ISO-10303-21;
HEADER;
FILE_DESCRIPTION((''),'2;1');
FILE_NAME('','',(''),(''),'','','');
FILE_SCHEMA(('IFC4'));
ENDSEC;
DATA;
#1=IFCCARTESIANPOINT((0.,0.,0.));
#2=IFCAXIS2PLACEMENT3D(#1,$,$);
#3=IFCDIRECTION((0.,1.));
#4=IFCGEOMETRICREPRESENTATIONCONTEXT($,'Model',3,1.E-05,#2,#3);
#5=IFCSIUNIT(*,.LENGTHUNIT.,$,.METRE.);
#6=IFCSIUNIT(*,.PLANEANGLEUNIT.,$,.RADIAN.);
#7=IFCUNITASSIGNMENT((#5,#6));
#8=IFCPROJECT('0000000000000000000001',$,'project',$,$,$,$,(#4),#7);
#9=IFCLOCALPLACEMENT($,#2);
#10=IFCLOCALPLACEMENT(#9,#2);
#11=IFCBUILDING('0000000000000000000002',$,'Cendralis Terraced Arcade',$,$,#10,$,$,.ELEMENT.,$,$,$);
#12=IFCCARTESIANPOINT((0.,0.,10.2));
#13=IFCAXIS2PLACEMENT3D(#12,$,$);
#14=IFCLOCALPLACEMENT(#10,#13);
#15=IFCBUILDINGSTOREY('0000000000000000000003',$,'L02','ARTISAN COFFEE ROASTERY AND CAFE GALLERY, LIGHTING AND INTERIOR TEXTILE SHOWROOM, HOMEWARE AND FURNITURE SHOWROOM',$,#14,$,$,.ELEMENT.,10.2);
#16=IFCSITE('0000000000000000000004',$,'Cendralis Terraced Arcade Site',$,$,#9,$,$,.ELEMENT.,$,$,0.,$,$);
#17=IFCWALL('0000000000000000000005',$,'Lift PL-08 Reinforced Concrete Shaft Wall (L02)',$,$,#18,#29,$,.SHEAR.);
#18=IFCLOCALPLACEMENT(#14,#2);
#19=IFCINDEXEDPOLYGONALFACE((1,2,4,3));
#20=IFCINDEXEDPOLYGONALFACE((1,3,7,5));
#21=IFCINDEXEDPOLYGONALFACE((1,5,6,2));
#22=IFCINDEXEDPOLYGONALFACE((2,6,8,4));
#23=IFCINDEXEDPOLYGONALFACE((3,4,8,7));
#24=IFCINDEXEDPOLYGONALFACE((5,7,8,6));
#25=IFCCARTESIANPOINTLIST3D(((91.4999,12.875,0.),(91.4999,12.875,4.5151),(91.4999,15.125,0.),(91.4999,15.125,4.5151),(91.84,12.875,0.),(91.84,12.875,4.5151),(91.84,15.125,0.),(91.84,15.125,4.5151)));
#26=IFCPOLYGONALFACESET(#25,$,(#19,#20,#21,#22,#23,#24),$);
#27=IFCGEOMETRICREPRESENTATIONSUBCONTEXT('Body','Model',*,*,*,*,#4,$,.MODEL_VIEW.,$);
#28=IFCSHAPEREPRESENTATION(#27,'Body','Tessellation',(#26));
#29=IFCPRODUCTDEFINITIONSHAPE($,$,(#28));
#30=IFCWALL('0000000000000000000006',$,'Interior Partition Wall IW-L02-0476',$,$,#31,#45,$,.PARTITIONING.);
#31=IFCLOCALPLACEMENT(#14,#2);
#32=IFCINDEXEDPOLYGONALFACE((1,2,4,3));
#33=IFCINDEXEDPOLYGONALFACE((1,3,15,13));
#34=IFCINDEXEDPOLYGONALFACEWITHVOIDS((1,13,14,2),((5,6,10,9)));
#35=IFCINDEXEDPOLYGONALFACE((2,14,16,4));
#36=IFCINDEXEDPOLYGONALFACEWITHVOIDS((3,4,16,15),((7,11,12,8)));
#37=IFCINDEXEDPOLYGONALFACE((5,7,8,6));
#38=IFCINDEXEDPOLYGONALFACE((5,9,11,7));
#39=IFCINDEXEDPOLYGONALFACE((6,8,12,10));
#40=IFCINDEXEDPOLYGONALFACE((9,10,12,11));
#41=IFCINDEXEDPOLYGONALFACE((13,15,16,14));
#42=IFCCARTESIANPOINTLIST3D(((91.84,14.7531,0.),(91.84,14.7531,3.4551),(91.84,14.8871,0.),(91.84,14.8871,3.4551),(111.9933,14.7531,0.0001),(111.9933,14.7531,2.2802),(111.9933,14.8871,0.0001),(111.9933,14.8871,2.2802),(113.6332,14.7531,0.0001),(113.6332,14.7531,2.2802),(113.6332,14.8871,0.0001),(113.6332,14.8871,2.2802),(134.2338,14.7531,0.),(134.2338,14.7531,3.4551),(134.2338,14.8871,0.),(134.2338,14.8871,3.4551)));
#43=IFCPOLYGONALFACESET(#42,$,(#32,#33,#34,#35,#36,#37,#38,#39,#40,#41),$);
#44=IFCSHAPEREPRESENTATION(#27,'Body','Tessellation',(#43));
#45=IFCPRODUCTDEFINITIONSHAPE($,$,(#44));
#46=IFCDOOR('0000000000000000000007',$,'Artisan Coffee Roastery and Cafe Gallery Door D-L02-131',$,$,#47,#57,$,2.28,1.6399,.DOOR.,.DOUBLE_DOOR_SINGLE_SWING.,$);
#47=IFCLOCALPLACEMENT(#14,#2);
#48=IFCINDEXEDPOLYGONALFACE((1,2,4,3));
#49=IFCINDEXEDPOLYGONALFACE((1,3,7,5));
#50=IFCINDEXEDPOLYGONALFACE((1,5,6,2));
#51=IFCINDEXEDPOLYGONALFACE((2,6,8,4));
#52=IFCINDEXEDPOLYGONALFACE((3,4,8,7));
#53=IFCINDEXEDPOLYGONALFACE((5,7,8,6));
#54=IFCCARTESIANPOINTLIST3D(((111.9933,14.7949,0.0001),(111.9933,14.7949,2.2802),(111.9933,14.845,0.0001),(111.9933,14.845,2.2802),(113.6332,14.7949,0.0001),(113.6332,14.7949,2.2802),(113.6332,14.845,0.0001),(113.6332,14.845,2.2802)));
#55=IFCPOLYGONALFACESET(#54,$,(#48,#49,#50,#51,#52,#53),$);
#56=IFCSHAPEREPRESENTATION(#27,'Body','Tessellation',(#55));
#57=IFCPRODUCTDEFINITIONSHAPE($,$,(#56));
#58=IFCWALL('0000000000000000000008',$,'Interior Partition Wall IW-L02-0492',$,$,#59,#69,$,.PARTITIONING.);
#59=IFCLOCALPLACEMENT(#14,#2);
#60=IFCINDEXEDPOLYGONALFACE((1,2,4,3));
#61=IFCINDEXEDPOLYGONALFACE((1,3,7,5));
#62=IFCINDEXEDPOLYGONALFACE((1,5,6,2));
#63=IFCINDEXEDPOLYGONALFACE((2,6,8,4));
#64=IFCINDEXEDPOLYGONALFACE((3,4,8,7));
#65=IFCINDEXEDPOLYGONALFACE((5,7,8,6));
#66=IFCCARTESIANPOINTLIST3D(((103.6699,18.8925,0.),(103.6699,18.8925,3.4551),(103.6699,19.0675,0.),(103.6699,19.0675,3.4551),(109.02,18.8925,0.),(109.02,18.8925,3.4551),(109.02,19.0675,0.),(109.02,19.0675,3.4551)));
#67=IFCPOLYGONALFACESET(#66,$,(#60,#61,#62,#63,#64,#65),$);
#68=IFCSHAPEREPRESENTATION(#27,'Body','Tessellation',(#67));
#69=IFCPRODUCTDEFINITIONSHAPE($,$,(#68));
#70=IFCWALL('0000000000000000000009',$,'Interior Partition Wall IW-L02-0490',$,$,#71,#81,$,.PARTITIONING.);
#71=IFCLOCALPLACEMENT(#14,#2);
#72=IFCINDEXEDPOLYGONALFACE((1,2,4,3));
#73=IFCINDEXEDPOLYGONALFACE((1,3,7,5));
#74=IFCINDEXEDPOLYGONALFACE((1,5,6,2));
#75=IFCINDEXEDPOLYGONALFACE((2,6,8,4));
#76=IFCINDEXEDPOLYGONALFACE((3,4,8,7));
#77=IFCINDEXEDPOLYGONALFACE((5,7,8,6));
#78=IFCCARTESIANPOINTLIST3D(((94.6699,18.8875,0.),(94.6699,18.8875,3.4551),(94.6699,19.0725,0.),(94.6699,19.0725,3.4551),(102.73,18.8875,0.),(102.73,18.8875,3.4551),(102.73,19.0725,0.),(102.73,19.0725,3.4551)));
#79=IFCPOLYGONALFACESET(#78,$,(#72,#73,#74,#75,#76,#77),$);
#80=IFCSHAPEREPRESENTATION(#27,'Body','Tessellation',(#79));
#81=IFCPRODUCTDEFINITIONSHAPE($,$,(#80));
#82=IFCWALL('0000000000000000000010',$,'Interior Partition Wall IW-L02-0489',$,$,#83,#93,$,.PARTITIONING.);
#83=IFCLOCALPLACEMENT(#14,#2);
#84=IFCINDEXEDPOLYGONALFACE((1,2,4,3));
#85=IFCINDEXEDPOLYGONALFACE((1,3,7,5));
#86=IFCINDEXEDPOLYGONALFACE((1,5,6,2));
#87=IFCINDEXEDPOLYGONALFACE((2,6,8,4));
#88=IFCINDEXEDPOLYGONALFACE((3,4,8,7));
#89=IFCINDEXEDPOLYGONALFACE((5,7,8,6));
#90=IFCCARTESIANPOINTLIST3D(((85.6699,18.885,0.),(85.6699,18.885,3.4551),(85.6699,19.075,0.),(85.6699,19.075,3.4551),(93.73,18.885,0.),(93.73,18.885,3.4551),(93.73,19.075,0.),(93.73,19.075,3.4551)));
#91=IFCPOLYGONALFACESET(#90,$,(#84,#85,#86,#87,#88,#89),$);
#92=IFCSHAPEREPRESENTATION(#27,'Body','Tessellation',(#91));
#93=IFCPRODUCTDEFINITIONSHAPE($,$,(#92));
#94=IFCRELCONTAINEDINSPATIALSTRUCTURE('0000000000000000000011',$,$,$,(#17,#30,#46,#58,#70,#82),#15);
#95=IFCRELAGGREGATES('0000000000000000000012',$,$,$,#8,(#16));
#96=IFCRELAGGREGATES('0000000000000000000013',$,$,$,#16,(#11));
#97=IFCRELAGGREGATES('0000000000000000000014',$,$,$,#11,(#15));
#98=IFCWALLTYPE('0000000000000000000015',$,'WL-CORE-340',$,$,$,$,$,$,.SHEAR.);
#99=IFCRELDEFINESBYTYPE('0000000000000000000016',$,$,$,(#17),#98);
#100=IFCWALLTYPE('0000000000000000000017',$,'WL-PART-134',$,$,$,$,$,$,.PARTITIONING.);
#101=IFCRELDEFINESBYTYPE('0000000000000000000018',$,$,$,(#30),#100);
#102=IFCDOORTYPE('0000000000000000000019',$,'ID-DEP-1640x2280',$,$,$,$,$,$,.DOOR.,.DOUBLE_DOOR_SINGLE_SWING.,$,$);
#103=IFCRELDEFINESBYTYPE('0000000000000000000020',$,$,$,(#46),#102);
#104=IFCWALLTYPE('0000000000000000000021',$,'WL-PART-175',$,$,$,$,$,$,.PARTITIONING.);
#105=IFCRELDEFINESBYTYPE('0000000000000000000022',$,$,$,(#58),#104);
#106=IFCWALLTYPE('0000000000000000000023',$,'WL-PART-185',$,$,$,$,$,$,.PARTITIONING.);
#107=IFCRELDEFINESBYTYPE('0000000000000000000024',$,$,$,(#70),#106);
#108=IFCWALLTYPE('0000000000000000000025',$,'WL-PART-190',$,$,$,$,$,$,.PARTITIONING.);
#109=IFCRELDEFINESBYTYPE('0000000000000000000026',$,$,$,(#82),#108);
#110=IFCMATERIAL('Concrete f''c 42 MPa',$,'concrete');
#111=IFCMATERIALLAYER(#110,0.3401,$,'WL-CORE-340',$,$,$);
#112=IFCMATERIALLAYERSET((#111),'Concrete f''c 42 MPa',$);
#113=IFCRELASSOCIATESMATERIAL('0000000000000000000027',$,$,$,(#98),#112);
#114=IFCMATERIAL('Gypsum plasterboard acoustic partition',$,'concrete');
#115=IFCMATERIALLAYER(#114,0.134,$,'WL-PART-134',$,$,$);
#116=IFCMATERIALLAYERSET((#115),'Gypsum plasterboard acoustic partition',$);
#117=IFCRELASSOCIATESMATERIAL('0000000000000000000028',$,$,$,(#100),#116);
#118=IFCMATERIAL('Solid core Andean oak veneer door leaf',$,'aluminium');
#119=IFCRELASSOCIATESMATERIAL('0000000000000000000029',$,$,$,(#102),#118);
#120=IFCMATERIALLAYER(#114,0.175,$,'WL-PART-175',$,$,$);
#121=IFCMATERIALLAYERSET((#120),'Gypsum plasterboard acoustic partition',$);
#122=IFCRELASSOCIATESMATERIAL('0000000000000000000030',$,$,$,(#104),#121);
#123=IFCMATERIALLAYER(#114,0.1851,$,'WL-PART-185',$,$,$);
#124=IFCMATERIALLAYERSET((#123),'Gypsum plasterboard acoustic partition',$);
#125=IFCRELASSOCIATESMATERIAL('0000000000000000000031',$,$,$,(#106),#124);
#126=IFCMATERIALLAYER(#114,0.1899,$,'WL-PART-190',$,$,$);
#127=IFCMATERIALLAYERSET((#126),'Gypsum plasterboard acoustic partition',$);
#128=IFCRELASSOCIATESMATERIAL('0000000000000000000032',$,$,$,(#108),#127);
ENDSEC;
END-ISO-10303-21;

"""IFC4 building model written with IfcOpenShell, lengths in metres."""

from ifc_helpers import new_model, si_unit, direction, frame, frame_2d, origin, place, context, subcontext, project, spatial, rectangle, extrude, material, layer, layer_set, type_object, element, fill, save


model = new_model("IFC4")

# Units and contexts
model_context = context("Model", 3, precision=1e-05, world=origin(), true_north=direction((0.0, 1.0)))
body_context = subcontext(model_context, "Body", "Model", "MODEL_VIEW")
ifc_project = project(units=[si_unit("LENGTHUNIT", "METRE"), si_unit("PLANEANGLEUNIT", "RADIAN")], contexts=[model_context])

# Site, building, storey
site_placement = place(None, origin())
site = spatial("IfcSite", under=ifc_project, at=site_placement, Name="Cendralis Terraced Arcade Site", CompositionType="ELEMENT", RefElevation=0.0)
building_placement = place(site_placement, origin())
building = spatial("IfcBuilding", under=site, at=building_placement, Name="Cendralis Terraced Arcade", CompositionType="ELEMENT")
storey_placement = place(building_placement, frame((0.0, 0.0, 10.2)))
storey = spatial("IfcBuildingStorey", under=building, at=storey_placement, Name="L02", Description="ARTISAN COFFEE ROASTERY AND CAFE GALLERY, LIGHTING AND INTERIOR TEXTILE SHOWROOM, HOMEWARE AND FURNITURE SHOWROOM", CompositionType="ELEMENT", Elevation=10.2)

# Shared definitions
ifc_material_1 = material(Name="Concrete f'c 42 MPa", Category="concrete")

# Shared definitions
ifc_layer_1 = layer(ifc_material_1, 0.3401, Name="WL-CORE-340")
ifc_layer_set_1 = layer_set([ifc_layer_1], Name="Concrete f'c 42 MPa")
wall_type_1 = type_object("IfcWallType", Name="WL-CORE-340", PredefinedType="SHEAR", material=ifc_layer_set_1)

# Wall
for number, where, z_axis, x_axis, name in (
    (1, (91.6699, 12.875, 0.0), (0.0, 0.0, 1.0), (0.0, 1.0, 0.0), "Lift PL-08 Reinforced Concrete Shaft Wall (L02)"),
):
    element("IfcWall", number, at=place(storey_placement, frame(where, z_axis=z_axis, x_axis=x_axis)), inside=storey, type_object=wall_type_1, Name=name, PredefinedType="SHEAR", context=body_context, shape_type="SweptSolid", body=[
        extrude(rectangle(XDim=2.25, YDim=0.3401, at=frame_2d((1.125, 0.0))), origin(), (0.0, 0.0, 1.0), 4.5151),
    ])

# Wall, opening, door
ifc_material_2 = material(Name="Gypsum plasterboard acoustic partition", Category="concrete")
ifc_layer_2 = layer(ifc_material_2, 0.134, Name="WL-PART-134")
ifc_layer_set_2 = layer_set([ifc_layer_2], Name="Gypsum plasterboard acoustic partition")
wall_type_2 = type_object("IfcWallType", Name="WL-PART-134", PredefinedType="PARTITIONING", material=ifc_layer_set_2)
wall_1_placement = place(storey_placement, frame((91.8401, 14.8201, 0.0), z_axis=(0.0, 0.0, 1.0), x_axis=(1.0, 0.0, 0.0)))
wall_1 = element("IfcWall", 2, at=wall_1_placement, inside=storey, type_object=wall_type_2, Name="Interior Partition Wall IW-L02-0476", PredefinedType="PARTITIONING", context=body_context, shape_type="SweptSolid", body=[
    extrude(rectangle(XDim=42.3938, YDim=0.134, at=frame_2d((21.1968, 0.0))), origin(), (0.0, 0.0, 1.0), 3.4551),
])
opening_1_placement = place(wall_1_placement, frame((20.1533, 0.0, 0.0)))
opening_1 = element("IfcOpeningElement", 3, at=opening_1_placement, cuts=wall_1, PredefinedType="OPENING", context=body_context, shape_type="SweptSolid", body=[
    extrude(rectangle(XDim=1.6399, YDim=2.28, at=frame_2d((0.8198, 1.1401))), frame((0.0, 0.0791, 0.0), z_axis=(0.0, -1.0, 0.0), x_axis=(1.0, 0.0, 0.0)), (0.0, 0.0, 1.0), 0.158),
])
ifc_material_3 = material(Name="Solid core Andean oak veneer door leaf", Category="aluminium")
door_type_1 = type_object("IfcDoorType", Name="ID-DEP-1640x2280", OperationType="DOUBLE_DOOR_SINGLE_SWING", PredefinedType="DOOR", material=ifc_material_3)
door_1_placement = place(opening_1_placement, origin())
door_1 = element("IfcDoor", 4, at=door_1_placement, inside=storey, type_object=door_type_1, Name="Artisan Coffee Roastery and Cafe Gallery Door D-L02-131", OperationType="DOUBLE_DOOR_SINGLE_SWING", OverallHeight=2.28, OverallWidth=1.6399, PredefinedType="DOOR", context=body_context, shape_type="SweptSolid", body=[
    extrude(rectangle(XDim=1.6399, YDim=2.28, at=frame_2d((0.8198, 1.1401))), frame((0.0, 0.0249, 0.0), z_axis=(0.0, -1.0, 0.0), x_axis=(1.0, 0.0, 0.0)), (0.0, 0.0, 1.0), 0.05),
])
fill(opening_1, door_1)

# Walls
ifc_layer_3 = layer(ifc_material_2, 0.175, Name="WL-PART-175")
ifc_layer_set_3 = layer_set([ifc_layer_3], Name="Gypsum plasterboard acoustic partition")
wall_type_3 = type_object("IfcWallType", Name="WL-PART-175", PredefinedType="PARTITIONING", material=ifc_layer_set_3)
wall_2_placement = place(storey_placement, frame((109.02, 18.98, 0.0), z_axis=(0.0, 0.0, 1.0), x_axis=(-1.0, 0.0, 0.0)))
element("IfcWall", 5, at=wall_2_placement, inside=storey, type_object=wall_type_3, Name="Interior Partition Wall IW-L02-0492", PredefinedType="PARTITIONING", context=body_context, shape_type="SweptSolid", body=[
    extrude(rectangle(XDim=5.3501, YDim=0.175, at=frame_2d((2.675, 0.0))), origin(), (0.0, 0.0, 1.0), 3.4551),
])
ifc_layer_4 = layer(ifc_material_2, 0.1851, Name="WL-PART-185")
ifc_layer_set_4 = layer_set([ifc_layer_4], Name="Gypsum plasterboard acoustic partition")
wall_type_4 = type_object("IfcWallType", Name="WL-PART-185", PredefinedType="PARTITIONING", material=ifc_layer_set_4)
wall_3_placement = place(storey_placement, frame((102.73, 18.98, 0.0), z_axis=(0.0, 0.0, 1.0), x_axis=(-1.0, 0.0, 0.0)))
element("IfcWall", 6, at=wall_3_placement, inside=storey, type_object=wall_type_4, Name="Interior Partition Wall IW-L02-0490", PredefinedType="PARTITIONING", context=body_context, shape_type="SweptSolid", body=[
    extrude(rectangle(XDim=8.0601, YDim=0.1851, at=frame_2d((4.03, 0.0))), origin(), (0.0, 0.0, 1.0), 3.4551),
])
ifc_layer_5 = layer(ifc_material_2, 0.1899, Name="WL-PART-190")
ifc_layer_set_5 = layer_set([ifc_layer_5], Name="Gypsum plasterboard acoustic partition")
wall_type_5 = type_object("IfcWallType", Name="WL-PART-190", PredefinedType="PARTITIONING", material=ifc_layer_set_5)
wall_4_placement = place(storey_placement, frame((93.73, 18.98, 0.0), z_axis=(0.0, 0.0, 1.0), x_axis=(-1.0, 0.0, 0.0)))
element("IfcWall", 7, at=wall_4_placement, inside=storey, type_object=wall_type_5, Name="Interior Partition Wall IW-L02-0489", PredefinedType="PARTITIONING", context=body_context, shape_type="SweptSolid", body=[
    extrude(rectangle(XDim=8.0601, YDim=0.1899, at=frame_2d((4.03, 0.0))), origin(), (0.0, 0.0, 1.0), 3.4551),
])

save(model, "model.ifc")
